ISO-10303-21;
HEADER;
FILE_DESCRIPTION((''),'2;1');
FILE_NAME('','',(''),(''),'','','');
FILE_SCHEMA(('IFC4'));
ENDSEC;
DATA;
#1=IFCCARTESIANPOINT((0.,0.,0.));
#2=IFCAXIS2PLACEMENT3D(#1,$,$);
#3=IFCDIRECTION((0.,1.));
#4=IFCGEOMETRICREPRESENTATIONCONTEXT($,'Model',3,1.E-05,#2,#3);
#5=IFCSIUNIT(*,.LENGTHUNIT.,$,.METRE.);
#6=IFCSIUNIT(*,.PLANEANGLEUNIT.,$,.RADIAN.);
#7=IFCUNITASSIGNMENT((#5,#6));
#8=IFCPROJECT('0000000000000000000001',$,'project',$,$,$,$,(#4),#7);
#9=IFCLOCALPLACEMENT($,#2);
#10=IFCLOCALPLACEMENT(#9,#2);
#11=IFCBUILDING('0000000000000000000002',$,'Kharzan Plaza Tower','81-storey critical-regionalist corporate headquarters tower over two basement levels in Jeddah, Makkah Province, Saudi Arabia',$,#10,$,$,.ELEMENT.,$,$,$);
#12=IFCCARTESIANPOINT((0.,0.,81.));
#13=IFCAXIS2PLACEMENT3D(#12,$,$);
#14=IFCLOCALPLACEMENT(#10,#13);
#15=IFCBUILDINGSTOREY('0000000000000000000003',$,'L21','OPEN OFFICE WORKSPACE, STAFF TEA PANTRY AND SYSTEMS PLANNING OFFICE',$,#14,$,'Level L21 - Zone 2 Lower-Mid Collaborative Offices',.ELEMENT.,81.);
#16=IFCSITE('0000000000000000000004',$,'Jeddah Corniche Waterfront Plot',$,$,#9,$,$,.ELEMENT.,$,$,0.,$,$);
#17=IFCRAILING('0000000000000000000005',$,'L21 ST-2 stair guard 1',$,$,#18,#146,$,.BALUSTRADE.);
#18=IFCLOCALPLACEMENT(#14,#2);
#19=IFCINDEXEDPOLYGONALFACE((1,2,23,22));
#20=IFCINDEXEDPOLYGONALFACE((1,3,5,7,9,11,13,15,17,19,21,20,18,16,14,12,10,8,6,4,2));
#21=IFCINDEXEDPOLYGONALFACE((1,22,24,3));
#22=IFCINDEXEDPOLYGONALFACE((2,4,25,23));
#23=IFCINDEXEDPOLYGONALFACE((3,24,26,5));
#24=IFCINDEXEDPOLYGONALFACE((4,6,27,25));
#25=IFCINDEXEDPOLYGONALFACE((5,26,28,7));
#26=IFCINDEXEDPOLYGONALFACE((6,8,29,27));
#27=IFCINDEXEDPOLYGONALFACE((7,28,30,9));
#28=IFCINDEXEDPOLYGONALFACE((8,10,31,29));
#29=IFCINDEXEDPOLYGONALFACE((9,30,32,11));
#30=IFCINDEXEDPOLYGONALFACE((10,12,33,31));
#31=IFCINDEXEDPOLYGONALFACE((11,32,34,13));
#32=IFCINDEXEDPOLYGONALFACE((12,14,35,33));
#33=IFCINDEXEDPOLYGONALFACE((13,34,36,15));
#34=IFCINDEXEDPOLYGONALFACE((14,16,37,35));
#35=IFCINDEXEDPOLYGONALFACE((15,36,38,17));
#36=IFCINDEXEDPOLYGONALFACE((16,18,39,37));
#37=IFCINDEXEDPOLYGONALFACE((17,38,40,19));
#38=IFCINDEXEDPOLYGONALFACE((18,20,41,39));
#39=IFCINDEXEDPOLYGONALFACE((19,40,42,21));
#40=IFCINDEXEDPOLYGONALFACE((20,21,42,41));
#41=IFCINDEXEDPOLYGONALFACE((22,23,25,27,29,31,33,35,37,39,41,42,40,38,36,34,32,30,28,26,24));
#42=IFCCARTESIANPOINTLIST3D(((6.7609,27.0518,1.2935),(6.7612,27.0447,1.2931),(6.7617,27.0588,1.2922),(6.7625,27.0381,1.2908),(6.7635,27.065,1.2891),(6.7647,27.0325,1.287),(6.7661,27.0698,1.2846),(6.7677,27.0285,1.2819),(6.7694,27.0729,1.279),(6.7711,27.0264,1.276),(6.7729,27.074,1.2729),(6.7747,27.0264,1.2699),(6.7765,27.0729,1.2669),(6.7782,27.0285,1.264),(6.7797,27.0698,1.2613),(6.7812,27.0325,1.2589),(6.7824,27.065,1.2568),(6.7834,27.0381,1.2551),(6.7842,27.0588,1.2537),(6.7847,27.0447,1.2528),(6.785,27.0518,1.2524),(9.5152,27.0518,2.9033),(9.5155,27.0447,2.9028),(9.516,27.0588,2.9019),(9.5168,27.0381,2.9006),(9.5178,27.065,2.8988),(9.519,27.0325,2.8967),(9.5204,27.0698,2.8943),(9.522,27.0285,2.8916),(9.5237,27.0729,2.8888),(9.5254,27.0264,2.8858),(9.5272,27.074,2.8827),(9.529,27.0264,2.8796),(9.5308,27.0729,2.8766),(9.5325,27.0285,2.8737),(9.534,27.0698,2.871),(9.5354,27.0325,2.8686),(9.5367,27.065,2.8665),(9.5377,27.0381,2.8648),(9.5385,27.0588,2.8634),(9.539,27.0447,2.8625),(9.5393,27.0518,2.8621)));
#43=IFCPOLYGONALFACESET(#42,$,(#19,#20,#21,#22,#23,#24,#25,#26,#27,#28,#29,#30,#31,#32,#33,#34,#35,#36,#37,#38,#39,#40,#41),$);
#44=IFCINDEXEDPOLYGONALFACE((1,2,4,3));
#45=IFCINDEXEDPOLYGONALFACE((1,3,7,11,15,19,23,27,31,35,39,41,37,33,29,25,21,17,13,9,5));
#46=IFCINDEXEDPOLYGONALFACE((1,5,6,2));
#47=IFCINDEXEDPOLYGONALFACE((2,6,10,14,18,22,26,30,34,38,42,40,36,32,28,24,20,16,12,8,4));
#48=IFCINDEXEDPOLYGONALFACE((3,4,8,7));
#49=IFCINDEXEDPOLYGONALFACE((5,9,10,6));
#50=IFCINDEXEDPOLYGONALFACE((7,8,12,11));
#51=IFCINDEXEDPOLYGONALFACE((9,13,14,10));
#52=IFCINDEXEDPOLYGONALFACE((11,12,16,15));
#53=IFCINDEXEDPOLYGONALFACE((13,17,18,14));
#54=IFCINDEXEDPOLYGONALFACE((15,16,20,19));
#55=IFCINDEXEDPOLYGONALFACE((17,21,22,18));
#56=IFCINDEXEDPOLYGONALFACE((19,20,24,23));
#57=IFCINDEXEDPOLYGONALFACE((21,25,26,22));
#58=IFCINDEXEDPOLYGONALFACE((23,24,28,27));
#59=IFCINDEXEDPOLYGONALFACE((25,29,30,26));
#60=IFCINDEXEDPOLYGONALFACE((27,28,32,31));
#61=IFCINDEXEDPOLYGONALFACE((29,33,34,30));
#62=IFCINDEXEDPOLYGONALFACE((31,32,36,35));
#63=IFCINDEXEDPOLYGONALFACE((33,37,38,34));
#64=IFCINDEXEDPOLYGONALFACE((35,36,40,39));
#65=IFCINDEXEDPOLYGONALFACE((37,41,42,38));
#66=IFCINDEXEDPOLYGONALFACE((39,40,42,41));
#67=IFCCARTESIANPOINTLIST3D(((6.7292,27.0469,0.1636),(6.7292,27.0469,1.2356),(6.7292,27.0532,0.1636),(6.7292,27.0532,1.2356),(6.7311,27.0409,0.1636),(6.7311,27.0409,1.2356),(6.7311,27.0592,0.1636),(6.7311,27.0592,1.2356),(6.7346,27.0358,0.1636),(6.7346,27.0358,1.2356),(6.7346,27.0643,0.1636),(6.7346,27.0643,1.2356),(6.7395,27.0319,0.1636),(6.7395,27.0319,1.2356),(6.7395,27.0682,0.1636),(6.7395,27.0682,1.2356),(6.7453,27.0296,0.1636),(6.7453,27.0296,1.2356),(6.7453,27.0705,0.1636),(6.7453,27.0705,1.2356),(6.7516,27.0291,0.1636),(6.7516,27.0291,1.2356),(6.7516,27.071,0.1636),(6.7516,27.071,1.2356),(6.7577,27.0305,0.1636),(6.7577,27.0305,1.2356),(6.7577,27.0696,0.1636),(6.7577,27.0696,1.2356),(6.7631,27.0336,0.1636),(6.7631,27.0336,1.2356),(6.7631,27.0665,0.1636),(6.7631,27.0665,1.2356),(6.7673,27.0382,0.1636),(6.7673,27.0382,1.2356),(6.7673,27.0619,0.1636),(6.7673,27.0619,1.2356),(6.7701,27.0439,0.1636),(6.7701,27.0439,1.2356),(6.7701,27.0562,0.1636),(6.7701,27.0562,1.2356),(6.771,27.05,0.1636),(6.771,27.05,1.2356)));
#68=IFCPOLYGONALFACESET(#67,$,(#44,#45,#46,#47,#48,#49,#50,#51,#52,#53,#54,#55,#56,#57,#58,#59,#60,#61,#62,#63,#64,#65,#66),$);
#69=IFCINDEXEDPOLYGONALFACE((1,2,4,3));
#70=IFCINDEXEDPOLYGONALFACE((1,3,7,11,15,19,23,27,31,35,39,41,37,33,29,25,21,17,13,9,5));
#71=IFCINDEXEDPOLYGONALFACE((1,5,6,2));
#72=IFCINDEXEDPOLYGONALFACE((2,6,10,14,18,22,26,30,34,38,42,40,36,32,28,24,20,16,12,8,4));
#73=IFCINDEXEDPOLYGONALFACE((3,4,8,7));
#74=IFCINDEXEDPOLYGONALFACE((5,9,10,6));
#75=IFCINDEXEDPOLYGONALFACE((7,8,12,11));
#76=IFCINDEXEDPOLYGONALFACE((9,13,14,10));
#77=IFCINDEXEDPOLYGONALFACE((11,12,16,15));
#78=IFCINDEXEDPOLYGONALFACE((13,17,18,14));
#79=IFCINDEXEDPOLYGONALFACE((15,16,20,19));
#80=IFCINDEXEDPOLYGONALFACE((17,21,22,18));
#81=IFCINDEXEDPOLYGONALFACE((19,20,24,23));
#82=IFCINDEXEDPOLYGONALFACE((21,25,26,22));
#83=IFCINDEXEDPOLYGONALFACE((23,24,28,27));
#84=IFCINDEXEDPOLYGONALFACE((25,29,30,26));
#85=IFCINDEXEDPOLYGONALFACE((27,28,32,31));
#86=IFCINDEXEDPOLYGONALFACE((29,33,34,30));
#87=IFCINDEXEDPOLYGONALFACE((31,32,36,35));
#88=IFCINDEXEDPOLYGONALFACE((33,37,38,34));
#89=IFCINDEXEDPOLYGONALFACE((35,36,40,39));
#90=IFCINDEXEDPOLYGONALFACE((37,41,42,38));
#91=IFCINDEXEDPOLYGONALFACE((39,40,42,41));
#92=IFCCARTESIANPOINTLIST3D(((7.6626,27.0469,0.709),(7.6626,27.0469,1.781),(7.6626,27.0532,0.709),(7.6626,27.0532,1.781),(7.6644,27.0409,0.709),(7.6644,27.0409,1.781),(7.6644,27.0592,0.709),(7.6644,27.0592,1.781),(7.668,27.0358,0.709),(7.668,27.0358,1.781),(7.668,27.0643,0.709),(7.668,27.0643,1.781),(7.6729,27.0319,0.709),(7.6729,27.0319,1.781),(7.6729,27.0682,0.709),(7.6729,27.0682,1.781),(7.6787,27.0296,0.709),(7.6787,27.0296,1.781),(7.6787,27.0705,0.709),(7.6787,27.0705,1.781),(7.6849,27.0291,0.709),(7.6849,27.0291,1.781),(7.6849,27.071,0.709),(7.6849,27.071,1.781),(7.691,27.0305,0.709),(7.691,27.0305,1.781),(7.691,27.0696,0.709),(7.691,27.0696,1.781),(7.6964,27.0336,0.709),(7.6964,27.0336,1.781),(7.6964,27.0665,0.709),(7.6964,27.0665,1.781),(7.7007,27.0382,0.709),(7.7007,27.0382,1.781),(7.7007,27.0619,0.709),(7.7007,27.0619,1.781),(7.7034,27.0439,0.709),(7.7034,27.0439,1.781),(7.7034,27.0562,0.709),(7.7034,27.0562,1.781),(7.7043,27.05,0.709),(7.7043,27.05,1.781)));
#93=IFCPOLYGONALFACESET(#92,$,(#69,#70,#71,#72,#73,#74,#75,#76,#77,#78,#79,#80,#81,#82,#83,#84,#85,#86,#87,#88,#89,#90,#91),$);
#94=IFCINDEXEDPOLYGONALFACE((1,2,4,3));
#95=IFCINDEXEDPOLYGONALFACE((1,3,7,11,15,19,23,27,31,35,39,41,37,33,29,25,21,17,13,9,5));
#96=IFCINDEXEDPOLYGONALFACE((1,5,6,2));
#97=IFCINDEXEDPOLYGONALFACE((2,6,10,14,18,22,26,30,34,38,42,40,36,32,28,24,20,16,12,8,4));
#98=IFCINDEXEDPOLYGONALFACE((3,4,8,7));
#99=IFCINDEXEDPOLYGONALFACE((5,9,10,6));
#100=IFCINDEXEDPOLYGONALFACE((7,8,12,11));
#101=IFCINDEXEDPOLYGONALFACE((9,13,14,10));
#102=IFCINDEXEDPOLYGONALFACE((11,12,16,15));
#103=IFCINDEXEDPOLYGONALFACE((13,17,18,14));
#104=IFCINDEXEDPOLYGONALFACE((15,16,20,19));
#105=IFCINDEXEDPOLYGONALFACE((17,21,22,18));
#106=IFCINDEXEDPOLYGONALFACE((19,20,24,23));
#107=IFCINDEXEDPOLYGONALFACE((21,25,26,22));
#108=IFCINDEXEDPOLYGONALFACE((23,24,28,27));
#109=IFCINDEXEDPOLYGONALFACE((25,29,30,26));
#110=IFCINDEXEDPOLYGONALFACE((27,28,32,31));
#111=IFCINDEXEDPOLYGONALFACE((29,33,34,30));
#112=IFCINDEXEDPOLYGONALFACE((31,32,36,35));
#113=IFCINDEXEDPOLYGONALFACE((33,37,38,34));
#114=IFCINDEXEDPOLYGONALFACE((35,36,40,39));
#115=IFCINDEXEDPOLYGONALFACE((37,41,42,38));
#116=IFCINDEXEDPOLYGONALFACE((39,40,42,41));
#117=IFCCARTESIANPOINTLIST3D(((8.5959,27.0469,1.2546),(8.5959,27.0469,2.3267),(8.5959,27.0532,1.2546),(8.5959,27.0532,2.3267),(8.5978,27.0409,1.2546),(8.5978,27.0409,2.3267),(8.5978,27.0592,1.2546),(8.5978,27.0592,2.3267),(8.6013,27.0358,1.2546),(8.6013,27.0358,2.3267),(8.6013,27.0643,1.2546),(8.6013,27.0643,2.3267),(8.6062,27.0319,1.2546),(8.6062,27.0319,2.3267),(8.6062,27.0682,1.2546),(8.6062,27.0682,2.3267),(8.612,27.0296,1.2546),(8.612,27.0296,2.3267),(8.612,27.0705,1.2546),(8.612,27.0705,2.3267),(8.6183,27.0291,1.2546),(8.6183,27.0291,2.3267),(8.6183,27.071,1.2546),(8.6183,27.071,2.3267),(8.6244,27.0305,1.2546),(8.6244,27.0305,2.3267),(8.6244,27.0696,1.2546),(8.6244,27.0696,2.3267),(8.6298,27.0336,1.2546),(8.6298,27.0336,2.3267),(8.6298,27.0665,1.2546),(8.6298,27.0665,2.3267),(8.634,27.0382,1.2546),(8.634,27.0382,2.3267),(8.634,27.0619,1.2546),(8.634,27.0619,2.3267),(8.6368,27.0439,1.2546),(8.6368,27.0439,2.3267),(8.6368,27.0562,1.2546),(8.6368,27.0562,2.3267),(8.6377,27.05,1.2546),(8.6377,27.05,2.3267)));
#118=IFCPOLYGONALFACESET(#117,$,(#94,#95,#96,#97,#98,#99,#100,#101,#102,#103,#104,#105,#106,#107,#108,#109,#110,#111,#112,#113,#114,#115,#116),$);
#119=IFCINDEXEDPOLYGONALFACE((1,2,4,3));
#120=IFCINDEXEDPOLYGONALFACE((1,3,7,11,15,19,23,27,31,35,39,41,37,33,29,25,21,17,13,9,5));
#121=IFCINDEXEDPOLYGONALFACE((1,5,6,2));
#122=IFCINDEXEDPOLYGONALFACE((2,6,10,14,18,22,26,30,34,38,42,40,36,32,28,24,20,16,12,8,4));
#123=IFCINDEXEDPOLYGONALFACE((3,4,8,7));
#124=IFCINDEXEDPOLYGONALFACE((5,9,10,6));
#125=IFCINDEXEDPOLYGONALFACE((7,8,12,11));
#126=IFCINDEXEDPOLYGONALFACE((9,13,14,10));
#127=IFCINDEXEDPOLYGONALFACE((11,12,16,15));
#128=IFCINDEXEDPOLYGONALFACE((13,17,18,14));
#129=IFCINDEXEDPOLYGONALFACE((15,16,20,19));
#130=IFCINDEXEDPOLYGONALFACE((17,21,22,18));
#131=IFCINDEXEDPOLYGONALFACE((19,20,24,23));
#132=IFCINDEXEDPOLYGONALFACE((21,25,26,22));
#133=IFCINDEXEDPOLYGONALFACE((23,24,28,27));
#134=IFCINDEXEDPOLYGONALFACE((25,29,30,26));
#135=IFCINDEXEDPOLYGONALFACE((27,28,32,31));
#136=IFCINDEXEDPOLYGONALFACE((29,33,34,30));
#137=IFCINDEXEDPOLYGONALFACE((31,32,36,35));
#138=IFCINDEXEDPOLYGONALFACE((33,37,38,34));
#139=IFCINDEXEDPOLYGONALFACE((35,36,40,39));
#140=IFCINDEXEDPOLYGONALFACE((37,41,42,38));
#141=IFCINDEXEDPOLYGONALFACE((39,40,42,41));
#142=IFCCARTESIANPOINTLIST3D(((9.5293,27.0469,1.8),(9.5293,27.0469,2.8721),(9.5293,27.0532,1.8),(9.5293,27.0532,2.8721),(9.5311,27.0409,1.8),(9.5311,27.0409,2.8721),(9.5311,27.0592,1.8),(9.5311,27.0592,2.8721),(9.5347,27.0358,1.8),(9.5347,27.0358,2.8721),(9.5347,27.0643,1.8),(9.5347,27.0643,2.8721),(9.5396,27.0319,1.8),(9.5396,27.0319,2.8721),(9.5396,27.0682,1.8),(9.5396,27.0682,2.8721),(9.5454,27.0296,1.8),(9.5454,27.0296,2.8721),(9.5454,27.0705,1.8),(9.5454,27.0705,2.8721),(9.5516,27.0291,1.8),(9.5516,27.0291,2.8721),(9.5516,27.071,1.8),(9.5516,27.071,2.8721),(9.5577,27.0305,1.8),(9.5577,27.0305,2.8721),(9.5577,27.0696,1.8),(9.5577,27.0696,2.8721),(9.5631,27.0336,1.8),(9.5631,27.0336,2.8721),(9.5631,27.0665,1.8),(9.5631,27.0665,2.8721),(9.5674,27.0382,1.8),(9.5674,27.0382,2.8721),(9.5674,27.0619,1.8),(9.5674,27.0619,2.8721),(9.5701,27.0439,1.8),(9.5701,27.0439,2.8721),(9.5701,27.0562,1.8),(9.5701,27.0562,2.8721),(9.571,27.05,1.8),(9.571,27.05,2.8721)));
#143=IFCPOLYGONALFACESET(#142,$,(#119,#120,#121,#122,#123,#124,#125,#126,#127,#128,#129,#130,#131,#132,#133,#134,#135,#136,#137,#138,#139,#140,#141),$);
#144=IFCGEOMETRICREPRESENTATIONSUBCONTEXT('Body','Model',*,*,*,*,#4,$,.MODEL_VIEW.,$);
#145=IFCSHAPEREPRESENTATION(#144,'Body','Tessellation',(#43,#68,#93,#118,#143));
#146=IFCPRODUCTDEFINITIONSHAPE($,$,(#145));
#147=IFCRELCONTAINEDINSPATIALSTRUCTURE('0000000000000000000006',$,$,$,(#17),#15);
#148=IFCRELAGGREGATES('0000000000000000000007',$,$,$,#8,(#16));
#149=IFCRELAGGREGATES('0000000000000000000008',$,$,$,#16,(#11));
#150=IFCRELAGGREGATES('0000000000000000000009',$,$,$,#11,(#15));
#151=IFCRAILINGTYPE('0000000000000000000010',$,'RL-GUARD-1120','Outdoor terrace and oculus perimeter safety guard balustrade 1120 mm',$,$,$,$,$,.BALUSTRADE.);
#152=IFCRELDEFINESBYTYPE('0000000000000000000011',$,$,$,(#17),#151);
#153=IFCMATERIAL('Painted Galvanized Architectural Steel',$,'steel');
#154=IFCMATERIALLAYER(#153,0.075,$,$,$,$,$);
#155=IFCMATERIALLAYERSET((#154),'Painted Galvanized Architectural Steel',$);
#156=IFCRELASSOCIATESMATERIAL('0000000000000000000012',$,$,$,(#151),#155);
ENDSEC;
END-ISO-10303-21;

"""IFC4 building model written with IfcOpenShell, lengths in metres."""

from ifc_helpers import new_model, si_unit, direction, frame, origin, origin_2d, place, context, subcontext, project, spatial, circle, extrude, source, transform, mapped, material, layer, layer_set, type_object, element, save


model = new_model("IFC4")

# Units and contexts
model_context = context("Model", 3, precision=1e-05, world=origin(), true_north=direction((0.0, 1.0)))
body_context = subcontext(model_context, "Body", "Model", "MODEL_VIEW")
ifc_project = project(units=[si_unit("LENGTHUNIT", "METRE"), si_unit("PLANEANGLEUNIT", "RADIAN")], contexts=[model_context])

# Site, building, storey
site_placement = place(None, origin())
site = spatial("IfcSite", under=ifc_project, at=site_placement, Name="Jeddah Corniche Waterfront Plot", CompositionType="ELEMENT", RefElevation=0.0)
building_placement = place(site_placement, origin())
building = spatial("IfcBuilding", under=site, at=building_placement, Name="Kharzan Plaza Tower", Description="81-storey critical-regionalist corporate headquarters tower over two basement levels in Jeddah, Makkah Province, Saudi Arabia", CompositionType="ELEMENT")
storey_placement = place(building_placement, frame((0.0, 0.0, 81.0)))
storey = spatial("IfcBuildingStorey", under=building, at=storey_placement, Name="L21", Description="OPEN OFFICE WORKSPACE, STAFF TEA PANTRY AND SYSTEMS PLANNING OFFICE", LongName="Level L21 - Zone 2 Lower-Mid Collaborative Offices", CompositionType="ELEMENT", Elevation=81.0)

# Railing
ifc_material_1 = material(Name="Painted Galvanized Architectural Steel", Category="steel")
ifc_layer_1 = layer(ifc_material_1, 0.075)
ifc_layer_set_1 = layer_set([ifc_layer_1], Name="Painted Galvanized Architectural Steel")
railing_type_1 = type_object("IfcRailingType", Name="RL-GUARD-1120", Description="Outdoor terrace and oculus perimeter safety guard balustrade 1120 mm", PredefinedType="BALUSTRADE", material=ifc_layer_set_1)
shared_shape_1 = source(origin(), body_context, "Body", "SweptSolid", [
    extrude(circle(Radius=0.0239, at=origin_2d()), frame((0.0229, 0.0, 1.1094), z_axis=(0.863361, 0.0, 0.504587), x_axis=(0.0, 1.0, 0.0)), (0.0, 0.0, 1.0), 3.1902),
    extrude(circle(Radius=0.021, at=origin_2d()), origin(), (0.0, 0.0, 1.0), 1.072),
    extrude(circle(Radius=0.021, at=origin_2d()), frame((0.9333, 0.0, 0.5454)), (0.0, 0.0, 1.0), 1.072),
    extrude(circle(Radius=0.021, at=origin_2d()), frame((1.8667, 0.0, 1.0911)), (0.0, 0.0, 1.0), 1.072),
    extrude(circle(Radius=0.021, at=origin_2d()), frame((2.8, 0.0, 1.6365)), (0.0, 0.0, 1.0), 1.072),
])
railing_1_placement = place(storey_placement, frame((6.75, 27.05, 0.1636)))
element("IfcRailing", 1, at=railing_1_placement, inside=storey, type_object=railing_type_1, Name="L21 ST-2 stair guard 1", PredefinedType="BALUSTRADE", context=body_context, shape_type="MappedRepresentation", body=[
    mapped(shared_shape_1, transform((0.0, 0.0, 0.0), x_axis=(1.0, 0.0, 0.0), y_axis=(0.0, 1.0, 0.0), z_axis=(0.0, 0.0, 1.0))),
])

save(model, "model.ifc")
